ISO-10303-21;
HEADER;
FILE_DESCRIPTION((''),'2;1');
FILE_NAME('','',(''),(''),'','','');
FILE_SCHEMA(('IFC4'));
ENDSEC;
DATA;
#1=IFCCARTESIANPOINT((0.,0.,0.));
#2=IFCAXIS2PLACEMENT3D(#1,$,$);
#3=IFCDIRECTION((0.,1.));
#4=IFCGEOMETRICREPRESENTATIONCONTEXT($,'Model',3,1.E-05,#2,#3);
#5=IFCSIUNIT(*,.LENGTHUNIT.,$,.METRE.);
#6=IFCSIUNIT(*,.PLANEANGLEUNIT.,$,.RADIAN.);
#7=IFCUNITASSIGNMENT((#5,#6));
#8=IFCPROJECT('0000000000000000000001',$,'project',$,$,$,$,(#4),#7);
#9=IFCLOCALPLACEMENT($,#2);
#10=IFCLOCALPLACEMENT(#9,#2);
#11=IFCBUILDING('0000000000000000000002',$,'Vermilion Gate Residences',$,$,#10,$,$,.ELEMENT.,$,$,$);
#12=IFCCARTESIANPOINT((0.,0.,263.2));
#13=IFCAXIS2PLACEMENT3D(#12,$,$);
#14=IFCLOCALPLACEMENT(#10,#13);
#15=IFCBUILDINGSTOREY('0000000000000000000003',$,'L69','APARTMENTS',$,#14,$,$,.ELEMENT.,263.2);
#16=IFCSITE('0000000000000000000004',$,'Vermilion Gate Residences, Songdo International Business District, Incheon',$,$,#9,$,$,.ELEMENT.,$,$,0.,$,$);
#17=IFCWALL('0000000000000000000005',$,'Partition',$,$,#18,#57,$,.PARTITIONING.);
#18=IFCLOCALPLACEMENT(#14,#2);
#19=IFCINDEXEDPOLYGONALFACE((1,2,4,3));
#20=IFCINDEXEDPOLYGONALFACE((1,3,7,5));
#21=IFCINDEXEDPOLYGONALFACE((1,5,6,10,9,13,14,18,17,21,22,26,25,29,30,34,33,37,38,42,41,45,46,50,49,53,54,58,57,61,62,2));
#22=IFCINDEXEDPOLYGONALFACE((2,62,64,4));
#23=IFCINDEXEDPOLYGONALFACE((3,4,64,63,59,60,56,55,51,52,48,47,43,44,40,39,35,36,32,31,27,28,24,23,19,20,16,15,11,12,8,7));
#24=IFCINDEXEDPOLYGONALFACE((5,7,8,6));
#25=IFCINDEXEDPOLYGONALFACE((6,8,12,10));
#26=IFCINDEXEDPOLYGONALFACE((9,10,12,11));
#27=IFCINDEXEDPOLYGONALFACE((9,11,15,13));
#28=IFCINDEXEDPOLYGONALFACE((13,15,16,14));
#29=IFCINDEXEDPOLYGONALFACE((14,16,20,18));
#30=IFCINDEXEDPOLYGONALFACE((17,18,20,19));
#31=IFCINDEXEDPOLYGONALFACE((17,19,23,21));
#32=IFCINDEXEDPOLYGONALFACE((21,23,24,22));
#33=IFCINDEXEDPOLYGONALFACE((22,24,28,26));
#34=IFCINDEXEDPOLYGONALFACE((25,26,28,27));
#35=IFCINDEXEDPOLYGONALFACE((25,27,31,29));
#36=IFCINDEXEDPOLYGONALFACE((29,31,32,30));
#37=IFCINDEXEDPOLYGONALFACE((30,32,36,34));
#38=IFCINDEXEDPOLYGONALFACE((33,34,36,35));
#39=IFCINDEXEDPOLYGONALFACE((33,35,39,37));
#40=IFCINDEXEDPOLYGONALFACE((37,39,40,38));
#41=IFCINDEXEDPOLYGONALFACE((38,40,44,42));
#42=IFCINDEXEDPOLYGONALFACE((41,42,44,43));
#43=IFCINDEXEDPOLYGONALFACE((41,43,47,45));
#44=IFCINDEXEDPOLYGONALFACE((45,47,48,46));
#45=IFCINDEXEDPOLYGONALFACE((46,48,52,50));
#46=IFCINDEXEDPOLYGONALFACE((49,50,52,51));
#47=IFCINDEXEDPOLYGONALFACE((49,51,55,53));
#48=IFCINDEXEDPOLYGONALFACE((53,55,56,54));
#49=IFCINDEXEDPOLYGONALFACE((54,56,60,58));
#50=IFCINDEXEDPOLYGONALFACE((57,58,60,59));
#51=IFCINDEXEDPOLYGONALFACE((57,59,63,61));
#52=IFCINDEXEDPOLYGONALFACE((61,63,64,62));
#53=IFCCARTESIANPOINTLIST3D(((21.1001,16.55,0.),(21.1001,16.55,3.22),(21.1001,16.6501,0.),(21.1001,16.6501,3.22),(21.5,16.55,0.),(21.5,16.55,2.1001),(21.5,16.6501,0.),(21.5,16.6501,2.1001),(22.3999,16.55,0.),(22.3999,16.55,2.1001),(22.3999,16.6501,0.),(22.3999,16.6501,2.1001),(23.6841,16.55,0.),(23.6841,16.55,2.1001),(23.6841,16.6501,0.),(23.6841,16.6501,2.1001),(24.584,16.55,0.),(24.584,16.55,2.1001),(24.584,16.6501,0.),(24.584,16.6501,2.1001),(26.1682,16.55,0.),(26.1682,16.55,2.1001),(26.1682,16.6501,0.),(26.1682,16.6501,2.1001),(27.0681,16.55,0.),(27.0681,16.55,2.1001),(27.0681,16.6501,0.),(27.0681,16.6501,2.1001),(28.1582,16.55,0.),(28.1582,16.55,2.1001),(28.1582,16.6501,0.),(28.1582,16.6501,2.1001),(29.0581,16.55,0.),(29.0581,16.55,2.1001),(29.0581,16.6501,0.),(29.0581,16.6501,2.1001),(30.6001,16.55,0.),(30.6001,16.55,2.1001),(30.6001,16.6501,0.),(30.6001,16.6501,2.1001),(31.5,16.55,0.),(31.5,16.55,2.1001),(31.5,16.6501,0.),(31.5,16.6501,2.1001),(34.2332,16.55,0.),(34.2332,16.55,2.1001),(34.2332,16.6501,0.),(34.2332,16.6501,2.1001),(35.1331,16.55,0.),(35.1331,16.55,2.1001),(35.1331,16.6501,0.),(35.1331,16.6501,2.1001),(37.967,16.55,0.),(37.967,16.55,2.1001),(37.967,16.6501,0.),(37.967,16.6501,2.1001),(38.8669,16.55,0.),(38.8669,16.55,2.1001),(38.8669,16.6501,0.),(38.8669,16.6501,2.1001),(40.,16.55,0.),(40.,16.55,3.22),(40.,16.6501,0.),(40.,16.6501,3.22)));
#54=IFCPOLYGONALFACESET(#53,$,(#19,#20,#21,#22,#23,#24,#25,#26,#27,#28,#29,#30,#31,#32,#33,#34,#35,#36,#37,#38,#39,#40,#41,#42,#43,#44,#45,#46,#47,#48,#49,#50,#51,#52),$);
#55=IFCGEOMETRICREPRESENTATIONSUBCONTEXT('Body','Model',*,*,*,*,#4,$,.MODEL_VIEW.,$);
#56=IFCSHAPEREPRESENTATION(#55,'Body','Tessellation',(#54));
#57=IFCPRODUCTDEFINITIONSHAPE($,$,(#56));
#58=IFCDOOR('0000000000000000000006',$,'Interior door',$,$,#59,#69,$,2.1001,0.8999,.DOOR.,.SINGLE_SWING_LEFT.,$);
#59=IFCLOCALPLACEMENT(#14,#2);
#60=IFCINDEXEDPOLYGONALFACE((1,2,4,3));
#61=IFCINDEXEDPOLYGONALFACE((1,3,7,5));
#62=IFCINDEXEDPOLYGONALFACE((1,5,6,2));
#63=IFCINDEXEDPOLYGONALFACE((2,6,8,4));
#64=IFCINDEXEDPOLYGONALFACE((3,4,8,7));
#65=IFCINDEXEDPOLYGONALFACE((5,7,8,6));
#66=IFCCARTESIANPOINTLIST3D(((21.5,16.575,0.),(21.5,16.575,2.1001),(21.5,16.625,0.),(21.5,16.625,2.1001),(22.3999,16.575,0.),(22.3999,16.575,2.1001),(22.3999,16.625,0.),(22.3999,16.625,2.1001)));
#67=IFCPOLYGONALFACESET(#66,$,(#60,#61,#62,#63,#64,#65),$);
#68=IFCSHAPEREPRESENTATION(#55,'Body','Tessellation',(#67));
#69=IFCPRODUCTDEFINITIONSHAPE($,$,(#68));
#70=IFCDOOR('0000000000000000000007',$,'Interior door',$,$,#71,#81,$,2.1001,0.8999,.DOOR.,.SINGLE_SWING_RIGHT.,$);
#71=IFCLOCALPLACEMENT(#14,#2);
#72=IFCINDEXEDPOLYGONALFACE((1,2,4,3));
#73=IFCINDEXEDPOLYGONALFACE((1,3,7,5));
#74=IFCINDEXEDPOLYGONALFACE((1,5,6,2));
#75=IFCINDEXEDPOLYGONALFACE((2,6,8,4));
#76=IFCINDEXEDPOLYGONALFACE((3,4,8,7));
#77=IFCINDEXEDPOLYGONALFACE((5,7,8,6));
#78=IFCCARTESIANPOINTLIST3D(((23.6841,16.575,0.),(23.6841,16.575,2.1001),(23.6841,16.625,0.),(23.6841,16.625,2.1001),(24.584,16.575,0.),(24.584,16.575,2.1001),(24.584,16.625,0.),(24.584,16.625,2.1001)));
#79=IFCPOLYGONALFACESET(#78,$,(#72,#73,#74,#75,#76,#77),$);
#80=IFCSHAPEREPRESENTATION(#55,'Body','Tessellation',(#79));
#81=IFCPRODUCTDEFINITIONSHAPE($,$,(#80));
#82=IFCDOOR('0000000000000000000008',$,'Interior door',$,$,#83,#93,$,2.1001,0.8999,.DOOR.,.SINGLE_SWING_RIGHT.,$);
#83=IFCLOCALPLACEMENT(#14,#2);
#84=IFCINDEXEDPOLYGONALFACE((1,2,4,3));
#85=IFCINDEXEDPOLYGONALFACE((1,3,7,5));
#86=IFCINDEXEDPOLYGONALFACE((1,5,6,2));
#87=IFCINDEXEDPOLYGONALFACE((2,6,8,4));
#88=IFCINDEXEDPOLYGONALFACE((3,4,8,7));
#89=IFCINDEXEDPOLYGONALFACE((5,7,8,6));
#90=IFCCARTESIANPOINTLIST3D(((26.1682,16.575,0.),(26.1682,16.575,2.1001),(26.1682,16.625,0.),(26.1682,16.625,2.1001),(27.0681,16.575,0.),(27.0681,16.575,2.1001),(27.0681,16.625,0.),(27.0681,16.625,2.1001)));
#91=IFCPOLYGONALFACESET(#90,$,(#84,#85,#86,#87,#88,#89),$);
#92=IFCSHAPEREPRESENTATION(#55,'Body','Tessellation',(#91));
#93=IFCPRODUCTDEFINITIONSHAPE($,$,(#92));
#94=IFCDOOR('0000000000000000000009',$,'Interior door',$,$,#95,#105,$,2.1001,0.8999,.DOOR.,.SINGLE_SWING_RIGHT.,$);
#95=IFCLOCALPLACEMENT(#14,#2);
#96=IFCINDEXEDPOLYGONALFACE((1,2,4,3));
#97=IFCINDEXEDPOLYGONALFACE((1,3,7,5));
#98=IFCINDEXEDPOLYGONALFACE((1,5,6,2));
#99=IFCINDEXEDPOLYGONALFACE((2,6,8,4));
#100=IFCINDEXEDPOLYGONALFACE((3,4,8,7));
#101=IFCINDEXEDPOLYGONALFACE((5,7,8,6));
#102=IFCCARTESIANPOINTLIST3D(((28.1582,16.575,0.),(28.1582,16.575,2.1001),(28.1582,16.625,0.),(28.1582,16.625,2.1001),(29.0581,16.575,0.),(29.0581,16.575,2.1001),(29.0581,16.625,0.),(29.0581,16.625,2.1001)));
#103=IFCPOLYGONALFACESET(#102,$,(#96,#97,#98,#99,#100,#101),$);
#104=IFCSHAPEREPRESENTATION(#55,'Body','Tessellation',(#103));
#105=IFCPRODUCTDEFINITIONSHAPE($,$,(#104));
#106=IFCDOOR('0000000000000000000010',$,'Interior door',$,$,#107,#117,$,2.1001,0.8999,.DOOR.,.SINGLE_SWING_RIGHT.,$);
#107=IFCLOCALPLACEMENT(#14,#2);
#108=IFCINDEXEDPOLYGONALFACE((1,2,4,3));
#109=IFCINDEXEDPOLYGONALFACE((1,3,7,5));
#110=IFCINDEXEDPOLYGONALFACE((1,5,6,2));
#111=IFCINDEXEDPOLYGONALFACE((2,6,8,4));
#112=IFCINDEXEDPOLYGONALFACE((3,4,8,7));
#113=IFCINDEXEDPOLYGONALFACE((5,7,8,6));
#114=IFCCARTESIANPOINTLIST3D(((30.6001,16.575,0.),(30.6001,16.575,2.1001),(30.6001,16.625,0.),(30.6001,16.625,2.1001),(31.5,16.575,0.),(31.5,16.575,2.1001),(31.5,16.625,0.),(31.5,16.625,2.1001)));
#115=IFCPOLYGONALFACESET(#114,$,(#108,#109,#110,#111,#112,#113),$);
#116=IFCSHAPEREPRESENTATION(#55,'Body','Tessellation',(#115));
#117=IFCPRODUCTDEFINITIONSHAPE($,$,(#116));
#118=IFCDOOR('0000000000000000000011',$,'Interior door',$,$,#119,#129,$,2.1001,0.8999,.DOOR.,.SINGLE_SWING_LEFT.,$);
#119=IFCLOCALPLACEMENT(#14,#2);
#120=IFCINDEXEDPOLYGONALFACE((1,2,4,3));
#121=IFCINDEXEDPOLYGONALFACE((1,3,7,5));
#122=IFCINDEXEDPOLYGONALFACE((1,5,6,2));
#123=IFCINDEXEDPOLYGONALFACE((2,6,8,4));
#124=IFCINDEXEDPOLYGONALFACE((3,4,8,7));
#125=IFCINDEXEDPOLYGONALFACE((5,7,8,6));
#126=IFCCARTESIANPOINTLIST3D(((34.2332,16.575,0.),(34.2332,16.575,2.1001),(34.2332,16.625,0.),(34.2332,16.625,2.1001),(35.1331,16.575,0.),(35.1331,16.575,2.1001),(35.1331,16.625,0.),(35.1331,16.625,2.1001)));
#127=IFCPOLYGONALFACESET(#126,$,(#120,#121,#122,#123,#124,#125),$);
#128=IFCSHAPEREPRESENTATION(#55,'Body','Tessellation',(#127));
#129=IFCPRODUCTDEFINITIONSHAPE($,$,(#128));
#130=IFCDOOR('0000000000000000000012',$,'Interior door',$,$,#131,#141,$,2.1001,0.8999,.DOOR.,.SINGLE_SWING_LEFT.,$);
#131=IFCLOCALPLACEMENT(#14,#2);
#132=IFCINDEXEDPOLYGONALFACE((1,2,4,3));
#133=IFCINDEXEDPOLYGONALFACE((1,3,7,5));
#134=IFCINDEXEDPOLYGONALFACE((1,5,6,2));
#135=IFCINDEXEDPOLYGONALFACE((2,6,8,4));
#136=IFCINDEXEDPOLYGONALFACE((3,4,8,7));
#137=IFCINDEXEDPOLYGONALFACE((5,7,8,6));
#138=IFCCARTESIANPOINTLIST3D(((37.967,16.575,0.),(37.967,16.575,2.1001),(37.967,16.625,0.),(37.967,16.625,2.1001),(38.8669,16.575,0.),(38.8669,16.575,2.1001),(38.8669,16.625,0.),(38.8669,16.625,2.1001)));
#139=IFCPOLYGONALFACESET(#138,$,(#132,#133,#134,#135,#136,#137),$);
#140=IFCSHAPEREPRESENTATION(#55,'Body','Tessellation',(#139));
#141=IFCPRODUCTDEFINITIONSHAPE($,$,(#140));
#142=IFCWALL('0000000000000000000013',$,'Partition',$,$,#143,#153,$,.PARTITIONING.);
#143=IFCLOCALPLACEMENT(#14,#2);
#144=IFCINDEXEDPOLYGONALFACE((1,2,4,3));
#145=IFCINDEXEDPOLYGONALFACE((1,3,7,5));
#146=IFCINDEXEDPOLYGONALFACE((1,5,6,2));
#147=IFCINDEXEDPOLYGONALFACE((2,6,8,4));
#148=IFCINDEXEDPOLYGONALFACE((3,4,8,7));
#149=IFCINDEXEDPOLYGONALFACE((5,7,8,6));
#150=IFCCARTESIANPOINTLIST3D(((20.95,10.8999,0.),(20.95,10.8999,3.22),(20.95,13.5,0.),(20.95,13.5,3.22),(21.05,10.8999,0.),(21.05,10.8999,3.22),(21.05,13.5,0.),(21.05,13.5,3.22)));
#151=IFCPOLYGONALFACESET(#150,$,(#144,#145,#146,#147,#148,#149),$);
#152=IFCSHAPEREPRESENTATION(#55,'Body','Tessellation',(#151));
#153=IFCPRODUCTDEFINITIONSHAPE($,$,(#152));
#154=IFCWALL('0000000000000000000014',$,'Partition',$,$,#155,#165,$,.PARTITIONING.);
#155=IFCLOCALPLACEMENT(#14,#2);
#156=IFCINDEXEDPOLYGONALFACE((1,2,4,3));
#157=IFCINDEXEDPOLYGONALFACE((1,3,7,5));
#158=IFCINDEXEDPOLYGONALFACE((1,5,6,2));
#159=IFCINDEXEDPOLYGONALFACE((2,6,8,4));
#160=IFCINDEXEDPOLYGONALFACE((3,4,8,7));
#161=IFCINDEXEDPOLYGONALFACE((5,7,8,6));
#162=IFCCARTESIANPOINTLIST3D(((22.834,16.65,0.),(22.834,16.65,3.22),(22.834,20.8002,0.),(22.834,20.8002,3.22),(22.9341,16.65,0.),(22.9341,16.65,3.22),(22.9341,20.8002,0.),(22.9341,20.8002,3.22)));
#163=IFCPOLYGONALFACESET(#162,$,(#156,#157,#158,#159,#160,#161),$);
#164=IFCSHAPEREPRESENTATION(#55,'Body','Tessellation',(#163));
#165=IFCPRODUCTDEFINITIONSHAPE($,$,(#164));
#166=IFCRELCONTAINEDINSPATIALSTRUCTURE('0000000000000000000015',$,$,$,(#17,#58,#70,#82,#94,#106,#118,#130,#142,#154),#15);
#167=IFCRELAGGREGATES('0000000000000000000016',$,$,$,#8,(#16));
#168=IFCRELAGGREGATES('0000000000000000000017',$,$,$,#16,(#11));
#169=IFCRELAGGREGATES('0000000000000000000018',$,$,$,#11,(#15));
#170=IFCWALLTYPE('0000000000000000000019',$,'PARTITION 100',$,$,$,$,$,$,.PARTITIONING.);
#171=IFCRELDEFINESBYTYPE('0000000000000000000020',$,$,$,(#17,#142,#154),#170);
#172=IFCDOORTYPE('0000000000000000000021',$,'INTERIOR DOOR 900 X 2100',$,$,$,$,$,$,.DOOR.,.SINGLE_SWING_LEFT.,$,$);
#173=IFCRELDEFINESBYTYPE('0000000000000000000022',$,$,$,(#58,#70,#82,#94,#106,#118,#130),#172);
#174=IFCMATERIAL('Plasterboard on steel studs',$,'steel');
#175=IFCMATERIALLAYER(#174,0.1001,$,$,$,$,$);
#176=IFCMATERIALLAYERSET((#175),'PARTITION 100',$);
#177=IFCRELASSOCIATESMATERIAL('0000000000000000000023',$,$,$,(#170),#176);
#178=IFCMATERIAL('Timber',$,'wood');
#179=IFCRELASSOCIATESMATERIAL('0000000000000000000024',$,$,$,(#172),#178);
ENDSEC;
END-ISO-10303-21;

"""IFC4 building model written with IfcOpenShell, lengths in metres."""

from ifc_helpers import new_model, si_unit, direction, frame, frame_2d, origin, place, context, subcontext, project, spatial, rectangle, extrude, material, layer, layer_set, type_object, element, fill, save


model = new_model("IFC4")

# Units and contexts
model_context = context("Model", 3, precision=1e-05, world=origin(), true_north=direction((0.0, 1.0)))
body_context = subcontext(model_context, "Body", "Model", "MODEL_VIEW")
ifc_project = project(units=[si_unit("LENGTHUNIT", "METRE"), si_unit("PLANEANGLEUNIT", "RADIAN")], contexts=[model_context])

# Site, building, storey
site_placement = place(None, origin())
site = spatial("IfcSite", under=ifc_project, at=site_placement, Name="Vermilion Gate Residences, Songdo International Business District, Incheon", CompositionType="ELEMENT", RefElevation=0.0)
building_placement = place(site_placement, origin())
building = spatial("IfcBuilding", under=site, at=building_placement, Name="Vermilion Gate Residences", CompositionType="ELEMENT")
storey_placement = place(building_placement, frame((0.0, 0.0, 263.2)))
storey = spatial("IfcBuildingStorey", under=building, at=storey_placement, Name="L69", Description="APARTMENTS", CompositionType="ELEMENT", Elevation=263.2)

# Wall, openings, doors
ifc_material_1 = material(Name="Plasterboard on steel studs", Category="steel")
ifc_layer_1 = layer(ifc_material_1, 0.1001)
ifc_layer_set_1 = layer_set([ifc_layer_1], Name="PARTITION 100")
wall_type_1 = type_object("IfcWallType", Name="PARTITION 100", PredefinedType="PARTITIONING", material=ifc_layer_set_1)
ifc_material_2 = material(Name="Timber", Category="wood")
door_type_1 = type_object("IfcDoorType", Name="INTERIOR DOOR 900 X 2100", OperationType="SINGLE_SWING_LEFT", PredefinedType="DOOR", material=ifc_material_2)
wall_1_placement = place(storey_placement, frame((21.1001, 16.6001, 0.0), z_axis=(0.0, 0.0, 1.0), x_axis=(1.0, 0.0, 0.0)))
wall_1 = element("IfcWall", 1, at=wall_1_placement, inside=storey, type_object=wall_type_1, Name="Partition", PredefinedType="PARTITIONING", context=body_context, shape_type="SweptSolid", body=[
    extrude(rectangle(XDim=18.8999, YDim=0.1001, at=frame_2d((9.45, 0.0))), origin(), (0.0, 0.0, 1.0), 3.22),
])
opening_1_placement = place(wall_1_placement, frame((0.3999, 0.0, 0.0)))
opening_1 = element("IfcOpeningElement", 2, at=opening_1_placement, cuts=wall_1, PredefinedType="OPENING", context=body_context, shape_type="SweptSolid", body=[
    extrude(rectangle(XDim=0.8999, YDim=2.1001, at=frame_2d((0.45, 1.05))), frame((0.0, 0.0601, 0.0), z_axis=(0.0, -1.0, 0.0), x_axis=(1.0, 0.0, 0.0)), (0.0, 0.0, 1.0), 0.1201),
])
opening_2_placement = place(wall_1_placement, frame((2.584, 0.0, 0.0)))
opening_2 = element("IfcOpeningElement", 3, at=opening_2_placement, cuts=wall_1, PredefinedType="OPENING", context=body_context, shape_type="SweptSolid", body=[
    extrude(rectangle(XDim=0.8999, YDim=2.1001, at=frame_2d((0.45, 1.05))), frame((0.0, 0.0601, 0.0), z_axis=(0.0, -1.0, 0.0), x_axis=(1.0, 0.0, 0.0)), (0.0, 0.0, 1.0), 0.1201),
])
opening_3_placement = place(wall_1_placement, frame((5.0681, 0.0, 0.0)))
opening_3 = element("IfcOpeningElement", 4, at=opening_3_placement, cuts=wall_1, PredefinedType="OPENING", context=body_context, shape_type="SweptSolid", body=[
    extrude(rectangle(XDim=0.8999, YDim=2.1001, at=frame_2d((0.45, 1.05))), frame((0.0, 0.0601, 0.0), z_axis=(0.0, -1.0, 0.0), x_axis=(1.0, 0.0, 0.0)), (0.0, 0.0, 1.0), 0.1201),
])
opening_4_placement = place(wall_1_placement, frame((7.0581, 0.0, 0.0)))
opening_4 = element("IfcOpeningElement", 5, at=opening_4_placement, cuts=wall_1, PredefinedType="OPENING", context=body_context, shape_type="SweptSolid", body=[
    extrude(rectangle(XDim=0.8999, YDim=2.1001, at=frame_2d((0.45, 1.05))), frame((0.0, 0.0601, 0.0), z_axis=(0.0, -1.0, 0.0), x_axis=(1.0, 0.0, 0.0)), (0.0, 0.0, 1.0), 0.1201),
])
opening_5_placement = place(wall_1_placement, frame((9.5, 0.0, 0.0)))
opening_5 = element("IfcOpeningElement", 6, at=opening_5_placement, cuts=wall_1, PredefinedType="OPENING", context=body_context, shape_type="SweptSolid", body=[
    extrude(rectangle(XDim=0.8999, YDim=2.1001, at=frame_2d((0.45, 1.05))), frame((0.0, 0.0601, 0.0), z_axis=(0.0, -1.0, 0.0), x_axis=(1.0, 0.0, 0.0)), (0.0, 0.0, 1.0), 0.1201),
])
opening_6_placement = place(wall_1_placement, frame((13.1331, 0.0, 0.0)))
opening_6 = element("IfcOpeningElement", 7, at=opening_6_placement, cuts=wall_1, PredefinedType="OPENING", context=body_context, shape_type="SweptSolid", body=[
    extrude(rectangle(XDim=0.8999, YDim=2.1001, at=frame_2d((0.45, 1.05))), frame((0.0, 0.0601, 0.0), z_axis=(0.0, -1.0, 0.0), x_axis=(1.0, 0.0, 0.0)), (0.0, 0.0, 1.0), 0.1201),
])
opening_7_placement = place(wall_1_placement, frame((16.8669, 0.0, 0.0)))
opening_7 = element("IfcOpeningElement", 8, at=opening_7_placement, cuts=wall_1, PredefinedType="OPENING", context=body_context, shape_type="SweptSolid", body=[
    extrude(rectangle(XDim=0.8999, YDim=2.1001, at=frame_2d((0.45, 1.05))), frame((0.0, 0.0601, 0.0), z_axis=(0.0, -1.0, 0.0), x_axis=(1.0, 0.0, 0.0)), (0.0, 0.0, 1.0), 0.1201),
])
door_1_placement = place(opening_1_placement, origin())
door_1 = element("IfcDoor", 9, at=door_1_placement, inside=storey, type_object=door_type_1, Name="Interior door", OperationType="SINGLE_SWING_LEFT", OverallHeight=2.1001, OverallWidth=0.8999, PredefinedType="DOOR", context=body_context, shape_type="SweptSolid", body=[
    extrude(rectangle(XDim=0.8999, YDim=2.1001, at=frame_2d((0.45, 1.05))), frame((0.0, 0.0249, 0.0), z_axis=(0.0, -1.0, 0.0), x_axis=(1.0, 0.0, 0.0)), (0.0, 0.0, 1.0), 0.05),
])
fill(opening_1, door_1)
door_2_placement = place(opening_2_placement, origin())
door_2 = element("IfcDoor", 10, at=door_2_placement, inside=storey, type_object=door_type_1, Name="Interior door", OperationType="SINGLE_SWING_RIGHT", OverallHeight=2.1001, OverallWidth=0.8999, PredefinedType="DOOR", context=body_context, shape_type="SweptSolid", body=[
    extrude(rectangle(XDim=0.8999, YDim=2.1001, at=frame_2d((0.45, 1.05))), frame((0.0, 0.0249, 0.0), z_axis=(0.0, -1.0, 0.0), x_axis=(1.0, 0.0, 0.0)), (0.0, 0.0, 1.0), 0.05),
])
fill(opening_2, door_2)
door_3_placement = place(opening_3_placement, origin())
door_3 = element("IfcDoor", 11, at=door_3_placement, inside=storey, type_object=door_type_1, Name="Interior door", OperationType="SINGLE_SWING_RIGHT", OverallHeight=2.1001, OverallWidth=0.8999, PredefinedType="DOOR", context=body_context, shape_type="SweptSolid", body=[
    extrude(rectangle(XDim=0.8999, YDim=2.1001, at=frame_2d((0.45, 1.05))), frame((0.0, 0.0249, 0.0), z_axis=(0.0, -1.0, 0.0), x_axis=(1.0, 0.0, 0.0)), (0.0, 0.0, 1.0), 0.05),
])
fill(opening_3, door_3)
door_4_placement = place(opening_4_placement, origin())
door_4 = element("IfcDoor", 12, at=door_4_placement, inside=storey, type_object=door_type_1, Name="Interior door", OperationType="SINGLE_SWING_RIGHT", OverallHeight=2.1001, OverallWidth=0.8999, PredefinedType="DOOR", context=body_context, shape_type="SweptSolid", body=[
    extrude(rectangle(XDim=0.8999, YDim=2.1001, at=frame_2d((0.45, 1.05))), frame((0.0, 0.0249, 0.0), z_axis=(0.0, -1.0, 0.0), x_axis=(1.0, 0.0, 0.0)), (0.0, 0.0, 1.0), 0.05),
])
fill(opening_4, door_4)
door_5_placement = place(opening_5_placement, origin())
door_5 = element("IfcDoor", 13, at=door_5_placement, inside=storey, type_object=door_type_1, Name="Interior door", OperationType="SINGLE_SWING_RIGHT", OverallHeight=2.1001, OverallWidth=0.8999, PredefinedType="DOOR", context=body_context, shape_type="SweptSolid", body=[
    extrude(rectangle(XDim=0.8999, YDim=2.1001, at=frame_2d((0.45, 1.05))), frame((0.0, 0.0249, 0.0), z_axis=(0.0, -1.0, 0.0), x_axis=(1.0, 0.0, 0.0)), (0.0, 0.0, 1.0), 0.05),
])
fill(opening_5, door_5)
door_6_placement = place(opening_6_placement, origin())
door_6 = element("IfcDoor", 14, at=door_6_placement, inside=storey, type_object=door_type_1, Name="Interior door", OperationType="SINGLE_SWING_LEFT", OverallHeight=2.1001, OverallWidth=0.8999, PredefinedType="DOOR", context=body_context, shape_type="SweptSolid", body=[
    extrude(rectangle(XDim=0.8999, YDim=2.1001, at=frame_2d((0.45, 1.05))), frame((0.0, 0.0249, 0.0), z_axis=(0.0, -1.0, 0.0), x_axis=(1.0, 0.0, 0.0)), (0.0, 0.0, 1.0), 0.05),
])
fill(opening_6, door_6)
door_7_placement = place(opening_7_placement, origin())
door_7 = element("IfcDoor", 15, at=door_7_placement, inside=storey, type_object=door_type_1, Name="Interior door", OperationType="SINGLE_SWING_LEFT", OverallHeight=2.1001, OverallWidth=0.8999, PredefinedType="DOOR", context=body_context, shape_type="SweptSolid", body=[
    extrude(rectangle(XDim=0.8999, YDim=2.1001, at=frame_2d((0.45, 1.05))), frame((0.0, 0.0249, 0.0), z_axis=(0.0, -1.0, 0.0), x_axis=(1.0, 0.0, 0.0)), (0.0, 0.0, 1.0), 0.05),
])
fill(opening_7, door_7)

# Walls
wall_2_placement = place(storey_placement, frame((21.0, 10.8999, 0.0), z_axis=(0.0, 0.0, 1.0), x_axis=(0.0, 1.0, 0.0)))
element("IfcWall", 16, at=wall_2_placement, inside=storey, type_object=wall_type_1, Name="Partition", PredefinedType="PARTITIONING", context=body_context, shape_type="SweptSolid", body=[
    extrude(rectangle(XDim=2.6001, YDim=0.1001, at=frame_2d((1.3, 0.0))), origin(), (0.0, 0.0, 1.0), 3.22),
])
wall_3_placement = place(storey_placement, frame((22.884, 16.6499, 0.0), z_axis=(0.0, 0.0, 1.0), x_axis=(0.0, 1.0, 0.0)))
element("IfcWall", 17, at=wall_3_placement, inside=storey, type_object=wall_type_1, Name="Partition", PredefinedType="PARTITIONING", context=body_context, shape_type="SweptSolid", body=[
    extrude(rectangle(XDim=4.1501, YDim=0.1001, at=frame_2d((2.0752, 0.0))), origin(), (0.0, 0.0, 1.0), 3.22),
])

save(model, "model.ifc")
